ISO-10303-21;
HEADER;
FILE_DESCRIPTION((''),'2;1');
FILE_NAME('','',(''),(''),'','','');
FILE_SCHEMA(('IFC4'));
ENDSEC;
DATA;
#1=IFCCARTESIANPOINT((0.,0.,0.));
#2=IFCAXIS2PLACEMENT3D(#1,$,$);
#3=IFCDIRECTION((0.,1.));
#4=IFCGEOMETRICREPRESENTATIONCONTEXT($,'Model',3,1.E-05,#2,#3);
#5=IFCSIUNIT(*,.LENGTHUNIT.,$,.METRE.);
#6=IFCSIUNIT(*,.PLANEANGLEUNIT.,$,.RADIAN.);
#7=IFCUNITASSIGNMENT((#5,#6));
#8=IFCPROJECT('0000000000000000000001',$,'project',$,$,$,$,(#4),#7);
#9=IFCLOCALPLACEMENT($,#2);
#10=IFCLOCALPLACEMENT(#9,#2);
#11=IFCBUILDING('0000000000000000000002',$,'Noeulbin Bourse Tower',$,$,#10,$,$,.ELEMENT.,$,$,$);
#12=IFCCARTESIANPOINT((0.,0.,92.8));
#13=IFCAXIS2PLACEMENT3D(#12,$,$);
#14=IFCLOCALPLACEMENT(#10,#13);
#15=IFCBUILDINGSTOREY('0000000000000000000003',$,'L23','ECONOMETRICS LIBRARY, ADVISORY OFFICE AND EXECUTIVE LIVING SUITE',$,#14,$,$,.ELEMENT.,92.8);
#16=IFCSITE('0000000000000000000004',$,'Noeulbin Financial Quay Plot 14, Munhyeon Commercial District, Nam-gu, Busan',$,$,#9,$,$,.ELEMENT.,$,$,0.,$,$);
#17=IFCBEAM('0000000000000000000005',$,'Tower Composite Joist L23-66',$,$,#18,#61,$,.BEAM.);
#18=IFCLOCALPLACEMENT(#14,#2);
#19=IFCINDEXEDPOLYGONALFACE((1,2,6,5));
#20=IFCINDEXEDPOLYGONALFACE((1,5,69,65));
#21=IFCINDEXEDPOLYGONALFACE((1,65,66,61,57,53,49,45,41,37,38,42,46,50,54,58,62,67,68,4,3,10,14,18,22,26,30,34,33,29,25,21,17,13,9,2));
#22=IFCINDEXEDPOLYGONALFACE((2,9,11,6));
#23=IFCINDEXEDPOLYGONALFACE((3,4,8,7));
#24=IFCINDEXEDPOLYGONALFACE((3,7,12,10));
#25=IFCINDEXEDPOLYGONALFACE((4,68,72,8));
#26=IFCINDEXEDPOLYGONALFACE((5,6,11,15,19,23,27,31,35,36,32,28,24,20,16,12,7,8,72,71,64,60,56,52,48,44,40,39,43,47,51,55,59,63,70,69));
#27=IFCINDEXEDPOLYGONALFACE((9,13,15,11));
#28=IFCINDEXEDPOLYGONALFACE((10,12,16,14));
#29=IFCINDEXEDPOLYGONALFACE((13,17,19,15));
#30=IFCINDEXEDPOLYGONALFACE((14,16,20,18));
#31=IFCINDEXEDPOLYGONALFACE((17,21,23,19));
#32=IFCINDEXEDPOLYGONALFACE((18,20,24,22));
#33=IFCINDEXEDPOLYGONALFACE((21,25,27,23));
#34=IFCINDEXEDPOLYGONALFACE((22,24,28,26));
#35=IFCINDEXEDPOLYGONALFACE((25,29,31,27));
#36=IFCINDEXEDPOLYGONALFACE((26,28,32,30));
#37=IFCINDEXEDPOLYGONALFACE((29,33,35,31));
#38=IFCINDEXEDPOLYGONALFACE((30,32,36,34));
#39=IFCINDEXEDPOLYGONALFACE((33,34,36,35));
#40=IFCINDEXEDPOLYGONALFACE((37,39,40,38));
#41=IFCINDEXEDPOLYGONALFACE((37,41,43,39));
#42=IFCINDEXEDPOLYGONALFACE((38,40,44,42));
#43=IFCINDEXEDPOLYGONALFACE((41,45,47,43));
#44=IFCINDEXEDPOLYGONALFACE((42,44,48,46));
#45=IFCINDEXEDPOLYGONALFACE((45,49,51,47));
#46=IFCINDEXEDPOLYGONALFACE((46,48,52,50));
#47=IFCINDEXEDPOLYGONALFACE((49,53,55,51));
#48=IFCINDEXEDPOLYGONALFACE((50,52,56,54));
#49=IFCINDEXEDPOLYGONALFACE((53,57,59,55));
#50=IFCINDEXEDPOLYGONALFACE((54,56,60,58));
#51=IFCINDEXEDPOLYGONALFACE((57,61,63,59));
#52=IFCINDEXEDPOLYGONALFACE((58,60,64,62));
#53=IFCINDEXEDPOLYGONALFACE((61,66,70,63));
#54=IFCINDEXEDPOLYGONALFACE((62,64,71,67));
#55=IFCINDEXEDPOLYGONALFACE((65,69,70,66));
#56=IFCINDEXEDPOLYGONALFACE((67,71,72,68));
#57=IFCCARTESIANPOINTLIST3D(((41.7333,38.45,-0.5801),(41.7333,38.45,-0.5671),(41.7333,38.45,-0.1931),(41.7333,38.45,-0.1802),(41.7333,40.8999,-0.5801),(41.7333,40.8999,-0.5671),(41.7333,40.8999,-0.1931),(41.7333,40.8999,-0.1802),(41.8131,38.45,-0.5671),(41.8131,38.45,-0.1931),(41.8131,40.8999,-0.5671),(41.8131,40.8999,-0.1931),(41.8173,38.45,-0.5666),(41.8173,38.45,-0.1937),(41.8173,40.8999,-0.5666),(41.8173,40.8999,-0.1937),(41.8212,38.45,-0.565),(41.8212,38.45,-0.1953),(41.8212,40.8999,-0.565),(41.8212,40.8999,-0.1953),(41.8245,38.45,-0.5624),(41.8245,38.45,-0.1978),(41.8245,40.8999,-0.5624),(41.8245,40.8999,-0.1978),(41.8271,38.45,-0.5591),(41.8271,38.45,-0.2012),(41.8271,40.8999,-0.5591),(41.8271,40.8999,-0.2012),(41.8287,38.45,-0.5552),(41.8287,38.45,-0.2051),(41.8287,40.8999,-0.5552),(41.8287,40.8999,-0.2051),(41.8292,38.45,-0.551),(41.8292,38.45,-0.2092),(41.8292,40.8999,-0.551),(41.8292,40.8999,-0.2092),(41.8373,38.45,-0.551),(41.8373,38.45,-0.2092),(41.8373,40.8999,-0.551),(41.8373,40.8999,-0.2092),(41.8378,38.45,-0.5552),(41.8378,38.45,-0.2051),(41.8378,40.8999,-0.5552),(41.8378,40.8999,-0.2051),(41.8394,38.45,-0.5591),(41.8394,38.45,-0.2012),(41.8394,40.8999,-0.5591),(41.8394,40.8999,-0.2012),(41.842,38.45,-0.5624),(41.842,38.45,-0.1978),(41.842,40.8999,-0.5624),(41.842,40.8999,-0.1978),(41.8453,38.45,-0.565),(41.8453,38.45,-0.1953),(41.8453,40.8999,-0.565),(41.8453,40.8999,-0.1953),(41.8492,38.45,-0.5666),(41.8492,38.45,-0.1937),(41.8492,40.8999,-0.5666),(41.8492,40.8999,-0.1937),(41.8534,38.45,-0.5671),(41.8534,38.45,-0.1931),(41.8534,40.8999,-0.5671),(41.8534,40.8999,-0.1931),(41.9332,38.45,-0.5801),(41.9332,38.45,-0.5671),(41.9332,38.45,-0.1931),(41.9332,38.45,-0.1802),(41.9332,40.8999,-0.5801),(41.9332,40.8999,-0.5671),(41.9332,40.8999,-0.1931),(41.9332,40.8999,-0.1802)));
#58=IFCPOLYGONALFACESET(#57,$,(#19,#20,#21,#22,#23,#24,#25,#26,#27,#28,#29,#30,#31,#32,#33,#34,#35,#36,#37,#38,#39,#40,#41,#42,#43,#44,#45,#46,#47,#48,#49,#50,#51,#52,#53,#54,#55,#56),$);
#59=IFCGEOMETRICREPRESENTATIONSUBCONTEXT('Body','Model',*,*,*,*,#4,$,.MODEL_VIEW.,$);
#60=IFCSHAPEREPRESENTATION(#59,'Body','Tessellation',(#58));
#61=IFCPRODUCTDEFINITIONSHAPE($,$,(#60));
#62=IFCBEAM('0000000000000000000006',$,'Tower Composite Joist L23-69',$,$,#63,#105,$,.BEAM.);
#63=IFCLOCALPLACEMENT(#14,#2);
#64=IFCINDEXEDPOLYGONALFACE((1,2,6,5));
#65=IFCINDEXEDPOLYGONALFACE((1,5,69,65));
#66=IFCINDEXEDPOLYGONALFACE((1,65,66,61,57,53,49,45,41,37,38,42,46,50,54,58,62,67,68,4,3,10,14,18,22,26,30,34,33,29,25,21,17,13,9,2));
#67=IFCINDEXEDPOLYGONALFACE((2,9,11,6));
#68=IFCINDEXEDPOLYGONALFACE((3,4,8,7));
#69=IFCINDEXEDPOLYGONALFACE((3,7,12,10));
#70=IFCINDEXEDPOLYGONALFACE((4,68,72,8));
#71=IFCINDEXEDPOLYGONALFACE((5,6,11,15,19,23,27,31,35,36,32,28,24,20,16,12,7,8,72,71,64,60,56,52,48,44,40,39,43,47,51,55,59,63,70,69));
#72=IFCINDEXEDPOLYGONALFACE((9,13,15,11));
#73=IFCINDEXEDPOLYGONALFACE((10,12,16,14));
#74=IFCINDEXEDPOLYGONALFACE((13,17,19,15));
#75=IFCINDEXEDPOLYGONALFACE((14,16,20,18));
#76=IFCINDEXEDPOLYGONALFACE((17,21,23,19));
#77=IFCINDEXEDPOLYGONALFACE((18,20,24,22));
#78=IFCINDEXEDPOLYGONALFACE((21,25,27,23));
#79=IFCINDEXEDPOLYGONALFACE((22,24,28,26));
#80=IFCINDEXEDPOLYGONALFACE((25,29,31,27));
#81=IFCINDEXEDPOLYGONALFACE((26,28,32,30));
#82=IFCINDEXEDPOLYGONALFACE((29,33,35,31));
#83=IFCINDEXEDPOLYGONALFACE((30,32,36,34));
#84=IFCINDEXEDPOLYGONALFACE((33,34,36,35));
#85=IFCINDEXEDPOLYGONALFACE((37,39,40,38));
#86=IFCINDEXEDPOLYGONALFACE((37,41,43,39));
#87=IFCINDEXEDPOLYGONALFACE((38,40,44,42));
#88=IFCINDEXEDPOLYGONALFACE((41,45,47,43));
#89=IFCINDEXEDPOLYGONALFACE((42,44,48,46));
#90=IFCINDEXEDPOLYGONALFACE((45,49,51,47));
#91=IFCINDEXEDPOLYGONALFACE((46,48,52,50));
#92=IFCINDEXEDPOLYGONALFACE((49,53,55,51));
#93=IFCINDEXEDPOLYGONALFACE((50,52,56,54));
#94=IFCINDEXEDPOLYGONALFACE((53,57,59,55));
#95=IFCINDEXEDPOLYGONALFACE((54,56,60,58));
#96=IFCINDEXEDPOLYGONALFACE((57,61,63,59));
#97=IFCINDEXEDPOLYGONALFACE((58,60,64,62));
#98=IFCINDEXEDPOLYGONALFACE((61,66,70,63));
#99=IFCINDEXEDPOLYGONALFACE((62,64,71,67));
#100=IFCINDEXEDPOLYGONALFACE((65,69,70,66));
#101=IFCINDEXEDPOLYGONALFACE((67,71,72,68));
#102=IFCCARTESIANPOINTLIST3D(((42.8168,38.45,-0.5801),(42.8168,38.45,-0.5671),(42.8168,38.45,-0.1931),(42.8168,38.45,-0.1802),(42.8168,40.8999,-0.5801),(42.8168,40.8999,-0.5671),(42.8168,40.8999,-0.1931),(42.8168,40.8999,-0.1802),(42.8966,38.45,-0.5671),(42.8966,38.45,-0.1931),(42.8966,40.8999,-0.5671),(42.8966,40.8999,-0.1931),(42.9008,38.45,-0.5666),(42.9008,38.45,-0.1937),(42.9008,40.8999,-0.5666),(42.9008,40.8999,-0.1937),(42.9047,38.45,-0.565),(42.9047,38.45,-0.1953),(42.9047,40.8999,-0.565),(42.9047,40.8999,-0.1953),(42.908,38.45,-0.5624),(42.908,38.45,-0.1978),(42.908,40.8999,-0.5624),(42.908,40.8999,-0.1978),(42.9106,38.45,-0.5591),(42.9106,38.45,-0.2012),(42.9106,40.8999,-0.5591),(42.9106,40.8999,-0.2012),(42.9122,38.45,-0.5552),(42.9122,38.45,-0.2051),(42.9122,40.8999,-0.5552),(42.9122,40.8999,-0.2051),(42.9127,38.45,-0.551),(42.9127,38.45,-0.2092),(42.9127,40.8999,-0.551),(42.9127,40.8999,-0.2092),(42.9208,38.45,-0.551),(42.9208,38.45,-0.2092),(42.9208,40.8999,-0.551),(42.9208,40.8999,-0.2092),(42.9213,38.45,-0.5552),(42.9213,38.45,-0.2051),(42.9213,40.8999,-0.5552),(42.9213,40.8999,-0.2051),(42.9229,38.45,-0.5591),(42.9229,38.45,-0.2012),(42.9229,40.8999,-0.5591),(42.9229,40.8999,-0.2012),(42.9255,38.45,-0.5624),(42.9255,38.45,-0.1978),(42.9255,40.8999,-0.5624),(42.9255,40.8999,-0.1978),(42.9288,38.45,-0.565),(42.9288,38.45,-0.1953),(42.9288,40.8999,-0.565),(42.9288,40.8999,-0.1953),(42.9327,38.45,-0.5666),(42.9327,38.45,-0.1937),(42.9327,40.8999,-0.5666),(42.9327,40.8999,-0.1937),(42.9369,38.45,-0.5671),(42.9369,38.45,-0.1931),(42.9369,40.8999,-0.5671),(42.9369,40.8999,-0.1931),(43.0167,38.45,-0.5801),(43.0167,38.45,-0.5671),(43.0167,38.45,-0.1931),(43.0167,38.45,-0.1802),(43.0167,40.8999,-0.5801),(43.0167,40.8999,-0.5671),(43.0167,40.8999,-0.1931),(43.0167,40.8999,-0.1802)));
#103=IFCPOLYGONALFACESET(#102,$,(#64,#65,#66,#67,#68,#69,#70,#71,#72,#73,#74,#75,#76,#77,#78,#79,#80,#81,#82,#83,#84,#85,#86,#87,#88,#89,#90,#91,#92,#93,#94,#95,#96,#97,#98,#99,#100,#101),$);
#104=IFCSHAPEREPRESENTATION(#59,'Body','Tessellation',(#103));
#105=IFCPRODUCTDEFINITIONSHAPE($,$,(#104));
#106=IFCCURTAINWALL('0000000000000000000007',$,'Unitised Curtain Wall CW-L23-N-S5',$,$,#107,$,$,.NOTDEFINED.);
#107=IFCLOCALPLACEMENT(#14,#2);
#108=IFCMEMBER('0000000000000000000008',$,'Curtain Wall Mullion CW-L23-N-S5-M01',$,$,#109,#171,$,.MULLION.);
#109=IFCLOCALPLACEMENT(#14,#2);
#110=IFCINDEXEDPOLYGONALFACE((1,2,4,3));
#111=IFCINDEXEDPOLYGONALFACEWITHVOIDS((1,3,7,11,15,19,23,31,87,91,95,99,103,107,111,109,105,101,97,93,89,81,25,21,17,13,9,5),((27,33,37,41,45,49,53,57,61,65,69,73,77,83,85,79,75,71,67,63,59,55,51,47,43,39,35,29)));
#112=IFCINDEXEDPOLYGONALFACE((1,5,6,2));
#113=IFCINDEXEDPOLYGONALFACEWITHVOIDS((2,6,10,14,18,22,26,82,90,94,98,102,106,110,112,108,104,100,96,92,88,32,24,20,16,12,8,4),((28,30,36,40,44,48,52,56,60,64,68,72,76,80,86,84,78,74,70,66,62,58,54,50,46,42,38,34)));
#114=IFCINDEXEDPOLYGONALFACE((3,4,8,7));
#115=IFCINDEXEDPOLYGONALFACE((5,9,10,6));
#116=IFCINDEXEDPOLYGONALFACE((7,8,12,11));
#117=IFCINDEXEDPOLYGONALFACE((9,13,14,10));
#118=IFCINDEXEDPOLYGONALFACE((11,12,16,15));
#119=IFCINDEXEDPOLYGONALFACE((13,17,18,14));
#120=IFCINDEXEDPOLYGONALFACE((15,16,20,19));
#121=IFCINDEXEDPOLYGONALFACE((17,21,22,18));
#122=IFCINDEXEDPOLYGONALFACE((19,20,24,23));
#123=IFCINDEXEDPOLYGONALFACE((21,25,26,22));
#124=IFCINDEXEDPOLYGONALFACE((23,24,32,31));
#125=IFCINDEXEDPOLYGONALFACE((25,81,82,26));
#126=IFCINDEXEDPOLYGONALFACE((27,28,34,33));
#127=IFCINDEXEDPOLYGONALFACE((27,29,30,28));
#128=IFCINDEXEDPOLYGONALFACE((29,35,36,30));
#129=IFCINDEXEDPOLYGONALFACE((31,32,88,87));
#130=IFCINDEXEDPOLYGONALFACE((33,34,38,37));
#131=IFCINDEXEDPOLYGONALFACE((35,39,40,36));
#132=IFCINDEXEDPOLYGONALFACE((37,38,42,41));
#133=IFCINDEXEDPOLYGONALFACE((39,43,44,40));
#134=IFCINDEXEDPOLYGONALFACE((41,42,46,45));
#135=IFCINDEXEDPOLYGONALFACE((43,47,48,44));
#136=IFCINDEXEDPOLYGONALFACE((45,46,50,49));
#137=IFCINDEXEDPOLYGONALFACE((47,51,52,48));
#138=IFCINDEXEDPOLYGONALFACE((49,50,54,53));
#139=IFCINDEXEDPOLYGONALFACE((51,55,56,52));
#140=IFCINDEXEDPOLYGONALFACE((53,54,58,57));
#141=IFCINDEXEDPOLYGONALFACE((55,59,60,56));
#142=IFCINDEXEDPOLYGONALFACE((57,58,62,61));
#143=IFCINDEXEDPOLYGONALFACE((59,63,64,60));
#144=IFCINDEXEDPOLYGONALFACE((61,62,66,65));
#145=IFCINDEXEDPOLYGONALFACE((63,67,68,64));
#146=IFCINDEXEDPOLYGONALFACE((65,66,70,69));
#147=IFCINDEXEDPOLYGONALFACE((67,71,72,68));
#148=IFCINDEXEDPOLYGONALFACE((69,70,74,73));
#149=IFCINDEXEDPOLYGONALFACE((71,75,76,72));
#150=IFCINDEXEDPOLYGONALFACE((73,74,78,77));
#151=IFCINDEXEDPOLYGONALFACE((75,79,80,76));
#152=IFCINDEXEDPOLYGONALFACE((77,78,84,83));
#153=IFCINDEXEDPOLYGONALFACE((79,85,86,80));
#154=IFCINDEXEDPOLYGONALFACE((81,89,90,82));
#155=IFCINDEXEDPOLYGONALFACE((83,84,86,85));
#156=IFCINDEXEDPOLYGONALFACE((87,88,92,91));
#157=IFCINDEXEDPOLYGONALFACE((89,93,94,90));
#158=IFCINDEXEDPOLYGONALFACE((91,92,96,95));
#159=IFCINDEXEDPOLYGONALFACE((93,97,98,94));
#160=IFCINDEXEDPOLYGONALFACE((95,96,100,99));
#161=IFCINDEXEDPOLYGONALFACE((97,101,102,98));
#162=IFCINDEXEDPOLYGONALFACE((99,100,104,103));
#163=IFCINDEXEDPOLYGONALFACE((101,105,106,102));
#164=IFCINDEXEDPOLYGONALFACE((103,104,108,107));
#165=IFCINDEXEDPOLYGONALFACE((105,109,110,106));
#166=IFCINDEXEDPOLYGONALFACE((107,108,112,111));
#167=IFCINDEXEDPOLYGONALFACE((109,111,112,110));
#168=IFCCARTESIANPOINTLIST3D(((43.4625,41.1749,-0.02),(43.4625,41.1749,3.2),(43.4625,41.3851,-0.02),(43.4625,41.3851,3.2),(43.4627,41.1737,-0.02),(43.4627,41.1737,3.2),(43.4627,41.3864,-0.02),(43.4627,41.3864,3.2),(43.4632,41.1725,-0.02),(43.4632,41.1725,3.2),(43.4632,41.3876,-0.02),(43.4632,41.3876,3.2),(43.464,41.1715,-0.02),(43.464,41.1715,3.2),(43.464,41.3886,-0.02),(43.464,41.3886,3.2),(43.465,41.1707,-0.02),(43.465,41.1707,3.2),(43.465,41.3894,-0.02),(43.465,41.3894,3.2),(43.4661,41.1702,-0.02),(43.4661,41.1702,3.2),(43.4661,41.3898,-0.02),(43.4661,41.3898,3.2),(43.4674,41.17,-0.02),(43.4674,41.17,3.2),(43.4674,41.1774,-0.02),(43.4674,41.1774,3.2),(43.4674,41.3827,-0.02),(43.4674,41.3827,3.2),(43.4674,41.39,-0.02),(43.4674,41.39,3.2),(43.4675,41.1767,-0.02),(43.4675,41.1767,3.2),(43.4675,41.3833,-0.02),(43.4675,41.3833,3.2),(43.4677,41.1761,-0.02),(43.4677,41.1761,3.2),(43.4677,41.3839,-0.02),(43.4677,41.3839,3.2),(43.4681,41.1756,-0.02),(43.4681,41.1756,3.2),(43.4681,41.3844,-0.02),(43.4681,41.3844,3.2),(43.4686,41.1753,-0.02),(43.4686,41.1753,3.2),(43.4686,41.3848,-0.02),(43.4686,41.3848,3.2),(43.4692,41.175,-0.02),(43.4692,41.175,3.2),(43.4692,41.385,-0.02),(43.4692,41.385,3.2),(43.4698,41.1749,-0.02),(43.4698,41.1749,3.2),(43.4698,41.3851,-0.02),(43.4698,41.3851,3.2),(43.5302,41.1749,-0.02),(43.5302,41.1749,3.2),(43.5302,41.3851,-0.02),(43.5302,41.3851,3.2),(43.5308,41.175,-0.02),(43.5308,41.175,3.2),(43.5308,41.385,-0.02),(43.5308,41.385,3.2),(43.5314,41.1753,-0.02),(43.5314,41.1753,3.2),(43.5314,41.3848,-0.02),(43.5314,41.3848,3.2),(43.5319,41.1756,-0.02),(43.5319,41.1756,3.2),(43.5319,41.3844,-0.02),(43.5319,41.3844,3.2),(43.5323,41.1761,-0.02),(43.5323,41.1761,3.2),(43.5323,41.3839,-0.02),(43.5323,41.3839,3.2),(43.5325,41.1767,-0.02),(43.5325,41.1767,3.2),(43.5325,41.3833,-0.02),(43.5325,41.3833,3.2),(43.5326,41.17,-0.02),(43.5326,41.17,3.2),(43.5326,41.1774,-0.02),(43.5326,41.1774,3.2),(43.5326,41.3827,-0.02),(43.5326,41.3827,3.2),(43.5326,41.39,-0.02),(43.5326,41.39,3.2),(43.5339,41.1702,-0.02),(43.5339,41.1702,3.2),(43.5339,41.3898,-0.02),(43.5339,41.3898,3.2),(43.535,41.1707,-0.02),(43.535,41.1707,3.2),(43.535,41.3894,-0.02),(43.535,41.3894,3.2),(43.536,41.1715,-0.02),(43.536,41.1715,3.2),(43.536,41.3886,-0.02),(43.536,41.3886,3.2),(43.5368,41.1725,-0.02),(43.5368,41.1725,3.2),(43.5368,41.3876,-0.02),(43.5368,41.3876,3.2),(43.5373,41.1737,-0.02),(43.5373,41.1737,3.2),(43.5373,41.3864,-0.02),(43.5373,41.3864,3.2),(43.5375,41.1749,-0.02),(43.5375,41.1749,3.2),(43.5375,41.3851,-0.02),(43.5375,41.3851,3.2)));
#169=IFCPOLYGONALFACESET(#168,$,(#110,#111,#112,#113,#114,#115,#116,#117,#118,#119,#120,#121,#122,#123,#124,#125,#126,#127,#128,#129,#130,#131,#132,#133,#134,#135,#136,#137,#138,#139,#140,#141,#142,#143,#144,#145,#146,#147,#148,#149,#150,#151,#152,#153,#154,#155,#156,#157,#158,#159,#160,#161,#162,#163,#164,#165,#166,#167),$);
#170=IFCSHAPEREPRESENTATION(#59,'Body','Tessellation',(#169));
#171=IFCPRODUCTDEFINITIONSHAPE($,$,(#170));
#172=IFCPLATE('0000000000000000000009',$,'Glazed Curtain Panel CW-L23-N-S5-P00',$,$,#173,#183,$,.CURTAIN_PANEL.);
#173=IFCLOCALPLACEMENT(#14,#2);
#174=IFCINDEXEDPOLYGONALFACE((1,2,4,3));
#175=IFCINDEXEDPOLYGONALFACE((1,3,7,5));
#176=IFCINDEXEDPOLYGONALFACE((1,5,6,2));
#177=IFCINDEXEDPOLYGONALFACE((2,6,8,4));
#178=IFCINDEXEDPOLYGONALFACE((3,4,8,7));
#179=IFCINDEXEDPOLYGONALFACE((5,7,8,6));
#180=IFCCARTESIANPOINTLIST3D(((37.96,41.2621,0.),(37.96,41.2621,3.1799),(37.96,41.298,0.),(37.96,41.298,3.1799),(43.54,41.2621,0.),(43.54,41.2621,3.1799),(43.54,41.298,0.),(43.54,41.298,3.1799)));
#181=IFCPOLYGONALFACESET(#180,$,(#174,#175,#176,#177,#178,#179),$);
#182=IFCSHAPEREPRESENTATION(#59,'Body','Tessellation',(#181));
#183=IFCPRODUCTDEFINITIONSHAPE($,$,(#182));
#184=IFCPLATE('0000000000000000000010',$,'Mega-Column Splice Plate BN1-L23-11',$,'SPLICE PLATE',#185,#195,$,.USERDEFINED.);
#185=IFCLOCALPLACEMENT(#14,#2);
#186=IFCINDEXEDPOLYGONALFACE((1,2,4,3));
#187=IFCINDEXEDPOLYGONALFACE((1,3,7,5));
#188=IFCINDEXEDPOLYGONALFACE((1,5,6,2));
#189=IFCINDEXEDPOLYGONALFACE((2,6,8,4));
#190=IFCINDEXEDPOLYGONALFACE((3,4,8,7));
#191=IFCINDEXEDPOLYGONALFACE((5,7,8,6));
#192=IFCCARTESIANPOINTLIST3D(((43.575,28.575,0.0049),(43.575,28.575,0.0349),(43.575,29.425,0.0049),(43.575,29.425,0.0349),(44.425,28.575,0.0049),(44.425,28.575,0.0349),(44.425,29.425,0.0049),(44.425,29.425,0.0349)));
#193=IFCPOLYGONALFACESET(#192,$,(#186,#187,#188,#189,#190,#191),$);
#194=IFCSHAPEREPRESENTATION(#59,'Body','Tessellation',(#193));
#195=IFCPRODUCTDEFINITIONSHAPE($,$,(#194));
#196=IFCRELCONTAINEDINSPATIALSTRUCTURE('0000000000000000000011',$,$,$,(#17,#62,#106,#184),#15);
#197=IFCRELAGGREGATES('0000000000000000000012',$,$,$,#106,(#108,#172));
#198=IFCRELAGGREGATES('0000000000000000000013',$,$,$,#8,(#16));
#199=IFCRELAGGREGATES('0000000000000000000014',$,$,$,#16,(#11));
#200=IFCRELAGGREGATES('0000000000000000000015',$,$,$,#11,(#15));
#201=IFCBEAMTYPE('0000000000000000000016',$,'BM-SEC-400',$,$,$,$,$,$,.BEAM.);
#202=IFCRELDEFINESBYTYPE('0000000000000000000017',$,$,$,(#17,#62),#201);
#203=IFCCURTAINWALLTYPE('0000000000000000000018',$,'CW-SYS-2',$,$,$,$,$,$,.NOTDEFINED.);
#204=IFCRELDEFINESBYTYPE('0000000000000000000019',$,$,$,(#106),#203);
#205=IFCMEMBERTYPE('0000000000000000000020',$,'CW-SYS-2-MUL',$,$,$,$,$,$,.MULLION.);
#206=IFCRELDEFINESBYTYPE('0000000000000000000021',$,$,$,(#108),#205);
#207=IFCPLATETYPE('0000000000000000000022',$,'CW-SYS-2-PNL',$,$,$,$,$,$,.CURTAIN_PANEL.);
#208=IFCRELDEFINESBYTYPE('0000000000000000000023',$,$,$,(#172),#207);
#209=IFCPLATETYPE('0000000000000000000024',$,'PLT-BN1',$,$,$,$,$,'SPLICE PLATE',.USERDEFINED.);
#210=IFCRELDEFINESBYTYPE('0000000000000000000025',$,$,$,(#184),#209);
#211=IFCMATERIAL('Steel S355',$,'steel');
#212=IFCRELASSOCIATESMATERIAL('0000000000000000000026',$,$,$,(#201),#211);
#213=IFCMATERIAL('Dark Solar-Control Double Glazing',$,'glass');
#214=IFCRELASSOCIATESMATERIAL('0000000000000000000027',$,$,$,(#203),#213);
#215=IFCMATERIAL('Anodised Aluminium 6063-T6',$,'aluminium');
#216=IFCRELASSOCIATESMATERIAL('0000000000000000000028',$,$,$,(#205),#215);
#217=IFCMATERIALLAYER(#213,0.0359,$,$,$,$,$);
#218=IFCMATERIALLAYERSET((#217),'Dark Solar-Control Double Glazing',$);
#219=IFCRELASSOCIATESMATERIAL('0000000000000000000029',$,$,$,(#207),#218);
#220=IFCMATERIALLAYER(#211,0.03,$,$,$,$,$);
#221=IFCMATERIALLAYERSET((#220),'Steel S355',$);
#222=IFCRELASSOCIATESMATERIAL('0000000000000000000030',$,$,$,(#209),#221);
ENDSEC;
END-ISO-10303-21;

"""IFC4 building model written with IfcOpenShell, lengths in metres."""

from ifc_helpers import new_model, si_unit, direction, frame, origin, origin_2d, place, context, subcontext, project, spatial, rectangle, hollow_rectangle, i_section, extrude, material, layer, layer_set, material_profile, profile_set, type_object, element, aggregate, save


model = new_model("IFC4")

# Units and contexts
model_context = context("Model", 3, precision=1e-05, world=origin(), true_north=direction((0.0, 1.0)))
body_context = subcontext(model_context, "Body", "Model", "MODEL_VIEW")
ifc_project = project(units=[si_unit("LENGTHUNIT", "METRE"), si_unit("PLANEANGLEUNIT", "RADIAN")], contexts=[model_context])

# Site, building, storey
site_placement = place(None, origin())
site = spatial("IfcSite", under=ifc_project, at=site_placement, Name="Noeulbin Financial Quay Plot 14, Munhyeon Commercial District, Nam-gu, Busan", CompositionType="ELEMENT", RefElevation=0.0)
building_placement = place(site_placement, origin())
building = spatial("IfcBuilding", under=site, at=building_placement, Name="Noeulbin Bourse Tower", CompositionType="ELEMENT")
storey_placement = place(building_placement, frame((0.0, 0.0, 92.8)))
storey = spatial("IfcBuildingStorey", under=building, at=storey_placement, Name="L23", Description="ECONOMETRICS LIBRARY, ADVISORY OFFICE AND EXECUTIVE LIVING SUITE", CompositionType="ELEMENT", Elevation=92.8)

# Beams
ifc_material_1 = material(Name="Steel S355", Category="steel")
ifc_material_profile_1 = material_profile(ifc_material_1, i_section(OverallWidth=0.2, OverallDepth=0.3999, WebThickness=0.0081, FlangeThickness=0.0129, FilletRadius=0.0161, at=origin_2d()), Name="H-400x200x8x13", Category="LoadBearing")
ifc_profile_set_1 = profile_set([ifc_material_profile_1], Name="Steel S355")
beam_type_1 = type_object("IfcBeamType", Name="BM-SEC-400", PredefinedType="BEAM", material=ifc_profile_set_1)
for number, where, z_axis, x_axis, name in (
    (1, (41.8333, 38.45, -0.3801), (0.0, 1.0, 0.0), (-1.0, 0.0, 0.0), "Tower Composite Joist L23-66"),
    (2, (42.9167, 38.45, -0.3801), (0.0, 1.0, 0.0), (-1.0, 0.0, 0.0), "Tower Composite Joist L23-69"),
):
    element("IfcBeam", number, at=place(storey_placement, frame(where, z_axis=z_axis, x_axis=x_axis)), inside=storey, type_object=beam_type_1, Name=name, PredefinedType="BEAM", context=body_context, shape_type="SweptSolid", body=[
        extrude(i_section(OverallWidth=0.2, OverallDepth=0.3999, WebThickness=0.0081, FlangeThickness=0.0129, FilletRadius=0.0161, at=origin_2d()), origin(), (0.0, 0.0, 1.0), 2.45),
    ])

# Curtain wall, member, plate
ifc_material_2 = material(Name="Dark Solar-Control Double Glazing", Category="glass")
curtain_wall_type = type_object("IfcCurtainWallType", Name="CW-SYS-2", PredefinedType="NOTDEFINED", material=ifc_material_2)
curtain_wall_placement = place(storey_placement, origin())
curtain_wall = element("IfcCurtainWall", 3, at=curtain_wall_placement, inside=storey, type_object=curtain_wall_type, Name="Unitised Curtain Wall CW-L23-N-S5", PredefinedType="NOTDEFINED")
ifc_material_3 = material(Name="Anodised Aluminium 6063-T6", Category="aluminium")
ifc_material_profile_2 = material_profile(ifc_material_3, hollow_rectangle(XDim=0.075, YDim=0.22, WallThickness=0.0049, InnerFilletRadius=0.0024, OuterFilletRadius=0.0049, at=origin_2d()), Name="ALU-MULL-75x220x5", Category="LoadBearing")
ifc_profile_set_2 = profile_set([ifc_material_profile_2], Name="Anodised Aluminium 6063-T6")
member_type = type_object("IfcMemberType", Name="CW-SYS-2-MUL", PredefinedType="MULLION", material=ifc_profile_set_2)
member_placement = place(storey_placement, frame((43.5, 41.28, -0.02), z_axis=(0.0, 0.0, 1.0), x_axis=(1.0, 0.0, 0.0)))
member = element("IfcMember", 4, at=member_placement, type_object=member_type, Name="Curtain Wall Mullion CW-L23-N-S5-M01", PredefinedType="MULLION", context=body_context, shape_type="SweptSolid", body=[
    extrude(hollow_rectangle(XDim=0.075, YDim=0.22, WallThickness=0.0049, InnerFilletRadius=0.0024, OuterFilletRadius=0.0049, at=origin_2d()), origin(), (0.0, 0.0, 1.0), 3.22),
])
ifc_layer_1 = layer(ifc_material_2, 0.0359)
ifc_layer_set_1 = layer_set([ifc_layer_1], Name="Dark Solar-Control Double Glazing")
plate_type_1 = type_object("IfcPlateType", Name="CW-SYS-2-PNL", PredefinedType="CURTAIN_PANEL", material=ifc_layer_set_1)
plate_placement = place(storey_placement, frame((40.75, 41.28, 0.0), z_axis=(0.0, 0.0, 1.0), x_axis=(1.0, 0.0, 0.0)))
plate = element("IfcPlate", 5, at=plate_placement, type_object=plate_type_1, Name="Glazed Curtain Panel CW-L23-N-S5-P00", PredefinedType="CURTAIN_PANEL", context=body_context, shape_type="SweptSolid", body=[
    extrude(rectangle(XDim=5.5801, YDim=0.0359, at=origin_2d()), origin(), (0.0, 0.0, 1.0), 3.1799),
])
aggregate(curtain_wall, [member, plate])

# Plate
ifc_layer_2 = layer(ifc_material_1, 0.03)
ifc_layer_set_2 = layer_set([ifc_layer_2], Name="Steel S355")
plate_type_2 = type_object("IfcPlateType", Name="PLT-BN1", ElementType="SPLICE PLATE", PredefinedType="USERDEFINED", material=ifc_layer_set_2)
for number, where, z_axis, x_axis, name in (
    (6, (44.0, 29.0, 0.0049), (0.0, 0.0, 1.0), (1.0, 0.0, 0.0), "Mega-Column Splice Plate BN1-L23-11"),
):
    element("IfcPlate", number, at=place(storey_placement, frame(where, z_axis=z_axis, x_axis=x_axis)), inside=storey, type_object=plate_type_2, Name=name, ObjectType="SPLICE PLATE", PredefinedType="USERDEFINED", context=body_context, shape_type="SweptSolid", body=[
        extrude(rectangle(XDim=0.8501, YDim=0.8501, at=origin_2d()), origin(), (0.0, 0.0, 1.0), 0.03),
    ])

save(model, "model.ifc")
